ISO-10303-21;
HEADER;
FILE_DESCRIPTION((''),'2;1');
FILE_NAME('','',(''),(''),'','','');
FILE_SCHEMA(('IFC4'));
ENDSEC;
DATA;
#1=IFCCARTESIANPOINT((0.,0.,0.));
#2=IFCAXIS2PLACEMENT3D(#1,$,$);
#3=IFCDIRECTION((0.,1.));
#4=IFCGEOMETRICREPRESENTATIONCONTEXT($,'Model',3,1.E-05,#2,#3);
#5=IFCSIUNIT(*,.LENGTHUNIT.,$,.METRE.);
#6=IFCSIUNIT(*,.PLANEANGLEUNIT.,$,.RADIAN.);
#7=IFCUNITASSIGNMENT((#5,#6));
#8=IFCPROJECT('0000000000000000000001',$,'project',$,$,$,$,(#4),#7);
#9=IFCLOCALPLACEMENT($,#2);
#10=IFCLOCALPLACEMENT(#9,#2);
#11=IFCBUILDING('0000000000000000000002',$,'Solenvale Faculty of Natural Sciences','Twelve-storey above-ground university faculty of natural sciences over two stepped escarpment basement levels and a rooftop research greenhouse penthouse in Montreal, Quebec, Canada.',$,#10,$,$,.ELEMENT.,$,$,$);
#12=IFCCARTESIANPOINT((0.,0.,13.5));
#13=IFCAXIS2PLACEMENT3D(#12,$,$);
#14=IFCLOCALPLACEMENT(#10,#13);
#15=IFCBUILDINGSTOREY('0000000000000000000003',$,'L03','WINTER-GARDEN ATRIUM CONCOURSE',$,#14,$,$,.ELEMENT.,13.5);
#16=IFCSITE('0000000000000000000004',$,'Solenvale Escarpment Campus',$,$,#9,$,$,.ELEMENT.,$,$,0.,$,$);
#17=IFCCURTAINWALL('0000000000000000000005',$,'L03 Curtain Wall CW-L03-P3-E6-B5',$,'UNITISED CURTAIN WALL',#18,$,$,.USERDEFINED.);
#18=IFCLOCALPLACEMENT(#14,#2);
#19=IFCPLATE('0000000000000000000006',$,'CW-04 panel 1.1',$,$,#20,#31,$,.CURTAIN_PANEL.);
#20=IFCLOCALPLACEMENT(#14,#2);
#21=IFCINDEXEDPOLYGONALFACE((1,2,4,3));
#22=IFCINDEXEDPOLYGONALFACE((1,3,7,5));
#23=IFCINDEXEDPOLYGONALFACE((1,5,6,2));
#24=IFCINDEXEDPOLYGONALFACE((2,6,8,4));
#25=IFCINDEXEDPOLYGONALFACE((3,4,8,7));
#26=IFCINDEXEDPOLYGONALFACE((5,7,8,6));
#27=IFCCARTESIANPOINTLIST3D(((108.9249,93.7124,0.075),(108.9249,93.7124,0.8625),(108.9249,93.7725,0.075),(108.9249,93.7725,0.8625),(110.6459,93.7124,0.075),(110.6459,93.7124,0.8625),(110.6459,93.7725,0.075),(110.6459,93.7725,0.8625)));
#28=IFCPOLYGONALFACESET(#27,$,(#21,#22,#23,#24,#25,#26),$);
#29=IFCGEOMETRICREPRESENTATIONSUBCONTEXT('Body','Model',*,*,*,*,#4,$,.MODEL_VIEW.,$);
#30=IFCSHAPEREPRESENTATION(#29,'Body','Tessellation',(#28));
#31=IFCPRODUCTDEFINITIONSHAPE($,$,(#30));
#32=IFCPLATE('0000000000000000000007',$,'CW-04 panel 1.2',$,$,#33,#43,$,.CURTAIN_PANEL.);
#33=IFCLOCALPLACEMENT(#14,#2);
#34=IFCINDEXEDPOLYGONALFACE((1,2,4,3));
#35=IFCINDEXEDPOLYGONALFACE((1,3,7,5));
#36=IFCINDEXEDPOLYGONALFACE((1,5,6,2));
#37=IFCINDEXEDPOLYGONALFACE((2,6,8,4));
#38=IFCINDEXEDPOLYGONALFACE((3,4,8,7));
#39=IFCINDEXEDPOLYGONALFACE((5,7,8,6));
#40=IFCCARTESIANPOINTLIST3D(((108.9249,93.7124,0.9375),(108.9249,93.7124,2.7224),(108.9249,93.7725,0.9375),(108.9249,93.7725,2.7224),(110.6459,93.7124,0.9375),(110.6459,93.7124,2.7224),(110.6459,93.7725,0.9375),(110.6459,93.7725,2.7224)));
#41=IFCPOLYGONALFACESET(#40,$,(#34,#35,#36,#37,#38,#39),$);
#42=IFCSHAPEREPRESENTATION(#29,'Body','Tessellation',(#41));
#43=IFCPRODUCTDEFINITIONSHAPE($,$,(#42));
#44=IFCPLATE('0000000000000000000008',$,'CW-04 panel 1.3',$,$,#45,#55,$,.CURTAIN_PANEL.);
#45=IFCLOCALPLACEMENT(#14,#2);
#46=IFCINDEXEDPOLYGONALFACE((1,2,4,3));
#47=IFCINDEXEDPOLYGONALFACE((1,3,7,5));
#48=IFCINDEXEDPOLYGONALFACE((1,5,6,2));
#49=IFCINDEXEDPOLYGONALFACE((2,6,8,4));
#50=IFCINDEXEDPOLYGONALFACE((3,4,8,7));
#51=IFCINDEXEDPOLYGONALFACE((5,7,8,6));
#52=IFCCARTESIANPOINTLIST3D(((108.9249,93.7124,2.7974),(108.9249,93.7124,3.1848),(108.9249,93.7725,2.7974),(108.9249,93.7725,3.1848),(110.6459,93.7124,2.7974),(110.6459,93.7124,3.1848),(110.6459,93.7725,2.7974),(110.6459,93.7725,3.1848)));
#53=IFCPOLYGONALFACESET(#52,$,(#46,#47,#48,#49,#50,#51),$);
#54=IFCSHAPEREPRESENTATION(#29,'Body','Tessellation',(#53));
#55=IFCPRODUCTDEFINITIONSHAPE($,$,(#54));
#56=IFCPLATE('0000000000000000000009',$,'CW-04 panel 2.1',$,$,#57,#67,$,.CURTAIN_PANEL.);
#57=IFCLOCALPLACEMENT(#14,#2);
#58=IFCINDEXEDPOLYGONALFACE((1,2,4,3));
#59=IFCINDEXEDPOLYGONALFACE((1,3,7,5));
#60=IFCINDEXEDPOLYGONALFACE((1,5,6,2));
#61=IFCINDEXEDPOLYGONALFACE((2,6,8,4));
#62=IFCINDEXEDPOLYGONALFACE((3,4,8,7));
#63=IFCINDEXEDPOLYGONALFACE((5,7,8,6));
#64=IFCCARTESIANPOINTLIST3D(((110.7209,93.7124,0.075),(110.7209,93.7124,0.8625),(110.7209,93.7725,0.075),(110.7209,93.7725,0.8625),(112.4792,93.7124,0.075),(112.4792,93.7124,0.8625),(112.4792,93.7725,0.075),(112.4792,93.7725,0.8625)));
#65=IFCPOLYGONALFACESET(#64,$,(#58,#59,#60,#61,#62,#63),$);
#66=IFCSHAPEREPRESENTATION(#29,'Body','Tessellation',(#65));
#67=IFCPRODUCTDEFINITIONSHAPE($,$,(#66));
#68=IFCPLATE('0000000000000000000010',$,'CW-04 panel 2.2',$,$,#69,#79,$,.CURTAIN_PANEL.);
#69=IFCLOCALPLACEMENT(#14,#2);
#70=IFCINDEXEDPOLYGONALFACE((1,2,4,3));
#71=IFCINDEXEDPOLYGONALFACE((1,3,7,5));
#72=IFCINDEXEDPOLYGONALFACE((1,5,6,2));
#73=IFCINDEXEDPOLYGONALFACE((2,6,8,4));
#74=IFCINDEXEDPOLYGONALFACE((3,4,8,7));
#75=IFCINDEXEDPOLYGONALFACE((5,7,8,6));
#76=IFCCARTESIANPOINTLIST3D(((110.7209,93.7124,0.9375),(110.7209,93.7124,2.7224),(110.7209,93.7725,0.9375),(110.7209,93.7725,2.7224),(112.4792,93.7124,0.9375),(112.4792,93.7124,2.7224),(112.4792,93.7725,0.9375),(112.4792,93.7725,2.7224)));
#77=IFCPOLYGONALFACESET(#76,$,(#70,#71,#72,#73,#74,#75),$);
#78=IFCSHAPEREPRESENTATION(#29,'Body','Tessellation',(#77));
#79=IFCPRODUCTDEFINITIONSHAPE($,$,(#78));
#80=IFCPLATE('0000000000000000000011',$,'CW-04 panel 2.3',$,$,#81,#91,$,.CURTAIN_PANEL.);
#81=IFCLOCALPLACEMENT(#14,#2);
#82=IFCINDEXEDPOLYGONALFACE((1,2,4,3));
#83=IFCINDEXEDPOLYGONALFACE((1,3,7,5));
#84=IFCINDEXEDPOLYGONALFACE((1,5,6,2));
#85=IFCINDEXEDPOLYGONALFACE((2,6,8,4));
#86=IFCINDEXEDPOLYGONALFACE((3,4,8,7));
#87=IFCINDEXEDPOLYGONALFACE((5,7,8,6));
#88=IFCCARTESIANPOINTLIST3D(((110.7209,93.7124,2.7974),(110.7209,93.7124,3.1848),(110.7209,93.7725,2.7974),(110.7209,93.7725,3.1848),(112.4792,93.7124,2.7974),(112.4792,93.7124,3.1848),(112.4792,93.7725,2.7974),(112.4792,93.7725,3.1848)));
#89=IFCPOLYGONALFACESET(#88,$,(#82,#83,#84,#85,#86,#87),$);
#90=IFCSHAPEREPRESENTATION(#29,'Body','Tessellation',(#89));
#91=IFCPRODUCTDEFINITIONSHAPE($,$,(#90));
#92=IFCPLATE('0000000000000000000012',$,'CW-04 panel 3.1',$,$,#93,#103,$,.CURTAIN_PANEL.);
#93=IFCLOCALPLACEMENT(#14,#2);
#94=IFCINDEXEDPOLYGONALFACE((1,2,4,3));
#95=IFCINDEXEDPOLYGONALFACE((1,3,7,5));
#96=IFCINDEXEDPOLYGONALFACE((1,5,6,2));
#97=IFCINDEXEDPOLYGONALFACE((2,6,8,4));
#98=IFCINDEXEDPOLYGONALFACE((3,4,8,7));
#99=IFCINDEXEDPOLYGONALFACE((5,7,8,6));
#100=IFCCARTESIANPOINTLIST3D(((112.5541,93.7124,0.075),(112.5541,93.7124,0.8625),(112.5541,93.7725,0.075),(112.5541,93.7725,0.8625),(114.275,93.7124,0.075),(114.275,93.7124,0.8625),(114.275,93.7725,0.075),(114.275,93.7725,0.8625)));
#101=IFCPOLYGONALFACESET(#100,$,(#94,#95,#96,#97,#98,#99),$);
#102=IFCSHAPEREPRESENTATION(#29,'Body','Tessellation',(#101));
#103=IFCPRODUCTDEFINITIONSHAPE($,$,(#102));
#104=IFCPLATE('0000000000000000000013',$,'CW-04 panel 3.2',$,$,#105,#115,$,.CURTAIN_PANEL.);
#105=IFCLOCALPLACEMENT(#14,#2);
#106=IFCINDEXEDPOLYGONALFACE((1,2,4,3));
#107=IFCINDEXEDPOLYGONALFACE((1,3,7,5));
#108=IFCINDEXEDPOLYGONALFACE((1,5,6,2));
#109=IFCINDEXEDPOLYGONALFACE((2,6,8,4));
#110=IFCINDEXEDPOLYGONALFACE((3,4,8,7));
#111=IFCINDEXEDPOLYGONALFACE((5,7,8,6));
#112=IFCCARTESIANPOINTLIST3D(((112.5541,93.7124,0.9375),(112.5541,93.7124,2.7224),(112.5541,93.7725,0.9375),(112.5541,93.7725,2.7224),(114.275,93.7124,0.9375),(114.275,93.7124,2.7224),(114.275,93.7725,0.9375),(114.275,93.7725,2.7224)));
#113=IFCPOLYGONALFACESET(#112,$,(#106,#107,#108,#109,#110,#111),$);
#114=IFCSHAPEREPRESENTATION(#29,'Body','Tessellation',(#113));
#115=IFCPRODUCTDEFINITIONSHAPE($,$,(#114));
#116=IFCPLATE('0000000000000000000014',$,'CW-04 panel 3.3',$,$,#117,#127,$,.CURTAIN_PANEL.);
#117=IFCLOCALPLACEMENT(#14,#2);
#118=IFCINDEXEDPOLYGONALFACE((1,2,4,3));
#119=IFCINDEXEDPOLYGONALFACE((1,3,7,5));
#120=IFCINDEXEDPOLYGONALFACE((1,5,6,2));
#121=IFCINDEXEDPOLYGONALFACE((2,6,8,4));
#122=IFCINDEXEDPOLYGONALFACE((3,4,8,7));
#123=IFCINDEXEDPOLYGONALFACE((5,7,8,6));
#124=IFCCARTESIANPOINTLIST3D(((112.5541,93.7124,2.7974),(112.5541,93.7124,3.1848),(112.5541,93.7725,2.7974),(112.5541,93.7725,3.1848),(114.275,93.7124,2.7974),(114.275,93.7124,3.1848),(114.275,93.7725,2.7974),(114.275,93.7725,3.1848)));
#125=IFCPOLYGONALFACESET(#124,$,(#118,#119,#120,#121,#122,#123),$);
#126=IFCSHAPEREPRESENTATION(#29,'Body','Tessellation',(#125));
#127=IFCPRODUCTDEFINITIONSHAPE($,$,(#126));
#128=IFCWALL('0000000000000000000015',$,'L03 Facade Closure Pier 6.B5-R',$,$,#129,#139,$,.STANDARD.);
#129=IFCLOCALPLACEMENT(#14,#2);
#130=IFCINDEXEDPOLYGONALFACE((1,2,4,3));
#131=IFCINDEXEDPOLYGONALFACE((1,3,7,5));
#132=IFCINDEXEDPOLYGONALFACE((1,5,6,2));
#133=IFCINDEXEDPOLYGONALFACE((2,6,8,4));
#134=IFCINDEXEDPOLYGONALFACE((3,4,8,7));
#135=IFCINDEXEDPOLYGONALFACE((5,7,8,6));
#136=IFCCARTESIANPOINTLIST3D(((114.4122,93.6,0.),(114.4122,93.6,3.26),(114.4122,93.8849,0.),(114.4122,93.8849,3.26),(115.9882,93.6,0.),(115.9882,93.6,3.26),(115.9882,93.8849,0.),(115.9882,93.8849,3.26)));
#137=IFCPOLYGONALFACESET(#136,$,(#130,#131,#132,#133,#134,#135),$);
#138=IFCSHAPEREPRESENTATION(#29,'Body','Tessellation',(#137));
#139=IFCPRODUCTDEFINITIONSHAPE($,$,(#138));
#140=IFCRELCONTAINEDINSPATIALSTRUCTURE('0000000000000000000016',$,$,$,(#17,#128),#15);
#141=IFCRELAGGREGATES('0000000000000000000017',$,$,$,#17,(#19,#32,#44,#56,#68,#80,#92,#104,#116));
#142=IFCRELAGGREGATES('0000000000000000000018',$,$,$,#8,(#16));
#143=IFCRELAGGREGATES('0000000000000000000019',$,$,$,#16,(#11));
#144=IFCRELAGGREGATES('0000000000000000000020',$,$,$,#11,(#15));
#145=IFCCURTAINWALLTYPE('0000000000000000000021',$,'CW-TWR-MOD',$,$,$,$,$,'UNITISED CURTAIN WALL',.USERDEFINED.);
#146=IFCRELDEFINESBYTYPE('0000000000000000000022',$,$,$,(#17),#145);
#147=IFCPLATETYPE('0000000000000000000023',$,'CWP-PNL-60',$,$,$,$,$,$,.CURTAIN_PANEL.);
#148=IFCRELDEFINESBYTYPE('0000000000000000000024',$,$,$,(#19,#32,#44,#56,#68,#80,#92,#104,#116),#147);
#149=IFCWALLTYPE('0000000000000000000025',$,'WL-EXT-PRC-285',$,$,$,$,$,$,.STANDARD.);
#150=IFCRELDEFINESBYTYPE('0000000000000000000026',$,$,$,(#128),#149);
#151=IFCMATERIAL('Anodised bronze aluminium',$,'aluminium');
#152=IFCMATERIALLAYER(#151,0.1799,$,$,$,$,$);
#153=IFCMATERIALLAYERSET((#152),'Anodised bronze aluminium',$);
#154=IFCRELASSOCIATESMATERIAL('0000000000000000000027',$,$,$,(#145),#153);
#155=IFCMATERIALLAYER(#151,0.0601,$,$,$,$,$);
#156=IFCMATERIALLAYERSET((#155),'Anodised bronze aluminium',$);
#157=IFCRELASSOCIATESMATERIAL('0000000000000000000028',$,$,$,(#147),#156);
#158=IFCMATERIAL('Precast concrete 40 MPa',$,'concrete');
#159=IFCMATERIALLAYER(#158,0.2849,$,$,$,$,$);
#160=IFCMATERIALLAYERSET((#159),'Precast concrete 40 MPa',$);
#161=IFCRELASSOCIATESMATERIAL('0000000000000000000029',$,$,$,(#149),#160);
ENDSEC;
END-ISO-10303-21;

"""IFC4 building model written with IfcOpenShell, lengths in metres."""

from ifc_helpers import new_model, si_unit, direction, frame, frame_2d, origin, origin_2d, place, context, subcontext, project, spatial, rectangle, extrude, material, layer, layer_set, type_object, element, aggregate, save


model = new_model("IFC4")

# Units and contexts
model_context = context("Model", 3, precision=1e-05, world=origin(), true_north=direction((0.0, 1.0)))
body_context = subcontext(model_context, "Body", "Model", "MODEL_VIEW")
ifc_project = project(units=[si_unit("LENGTHUNIT", "METRE"), si_unit("PLANEANGLEUNIT", "RADIAN")], contexts=[model_context])

# Site, building, storey
site_placement = place(None, origin())
site = spatial("IfcSite", under=ifc_project, at=site_placement, Name="Solenvale Escarpment Campus", CompositionType="ELEMENT", RefElevation=0.0)
building_placement = place(site_placement, origin())
building = spatial("IfcBuilding", under=site, at=building_placement, Name="Solenvale Faculty of Natural Sciences", Description="Twelve-storey above-ground university faculty of natural sciences over two stepped escarpment basement levels and a rooftop research greenhouse penthouse in Montreal, Quebec, Canada.", CompositionType="ELEMENT")
storey_placement = place(building_placement, frame((0.0, 0.0, 13.5)))
storey = spatial("IfcBuildingStorey", under=building, at=storey_placement, Name="L03", Description="WINTER-GARDEN ATRIUM CONCOURSE", CompositionType="ELEMENT", Elevation=13.5)

# Curtain wall
ifc_material_1 = material(Name="Anodised bronze aluminium", Category="aluminium")
ifc_layer_1 = layer(ifc_material_1, 0.1799)
ifc_layer_set_1 = layer_set([ifc_layer_1], Name="Anodised bronze aluminium")
curtain_wall_type = type_object("IfcCurtainWallType", Name="CW-TWR-MOD", ElementType="UNITISED CURTAIN WALL", PredefinedType="USERDEFINED", material=ifc_layer_set_1)
curtain_wall_1_placement = place(storey_placement, origin())
curtain_wall_1 = element("IfcCurtainWall", 1, at=curtain_wall_1_placement, inside=storey, type_object=curtain_wall_type, Name="L03 Curtain Wall CW-L03-P3-E6-B5", ObjectType="UNITISED CURTAIN WALL", PredefinedType="USERDEFINED")

# Plates
ifc_layer_2 = layer(ifc_material_1, 0.0601)
ifc_layer_set_2 = layer_set([ifc_layer_2], Name="Anodised bronze aluminium")
plate_type = type_object("IfcPlateType", Name="CWP-PNL-60", PredefinedType="CURTAIN_PANEL", material=ifc_layer_set_2)
plate_1_placement = place(storey_placement, frame((109.7854, 93.7424, 0.075), z_axis=(0.0, 0.0, 1.0), x_axis=(1.0, 0.0, 0.0)))
plate_1 = element("IfcPlate", 2, at=plate_1_placement, type_object=plate_type, Name="CW-04 panel 1.1", PredefinedType="CURTAIN_PANEL", context=body_context, shape_type="SweptSolid", body=[
    extrude(rectangle(XDim=1.7209, YDim=0.0601, at=origin_2d()), origin(), (0.0, 0.0, 1.0), 0.7876),
])
plate_2_placement = place(storey_placement, frame((109.7854, 93.7424, 0.9375), z_axis=(0.0, 0.0, 1.0), x_axis=(1.0, 0.0, 0.0)))
plate_2 = element("IfcPlate", 3, at=plate_2_placement, type_object=plate_type, Name="CW-04 panel 1.2", PredefinedType="CURTAIN_PANEL", context=body_context, shape_type="SweptSolid", body=[
    extrude(rectangle(XDim=1.7209, YDim=0.0601, at=origin_2d()), origin(), (0.0, 0.0, 1.0), 1.7849),
])
plate_3_placement = place(storey_placement, frame((109.7854, 93.7424, 2.7974), z_axis=(0.0, 0.0, 1.0), x_axis=(1.0, 0.0, 0.0)))
plate_3 = element("IfcPlate", 4, at=plate_3_placement, type_object=plate_type, Name="CW-04 panel 1.3", PredefinedType="CURTAIN_PANEL", context=body_context, shape_type="SweptSolid", body=[
    extrude(rectangle(XDim=1.7209, YDim=0.0601, at=origin_2d()), origin(), (0.0, 0.0, 1.0), 0.3875),
])
plate_4_placement = place(storey_placement, frame((111.6001, 93.7424, 0.075), z_axis=(0.0, 0.0, 1.0), x_axis=(1.0, 0.0, 0.0)))
plate_4 = element("IfcPlate", 5, at=plate_4_placement, type_object=plate_type, Name="CW-04 panel 2.1", PredefinedType="CURTAIN_PANEL", context=body_context, shape_type="SweptSolid", body=[
    extrude(rectangle(XDim=1.7583, YDim=0.0601, at=origin_2d()), origin(), (0.0, 0.0, 1.0), 0.7876),
])
plate_5_placement = place(storey_placement, frame((111.6001, 93.7424, 0.9375), z_axis=(0.0, 0.0, 1.0), x_axis=(1.0, 0.0, 0.0)))
plate_5 = element("IfcPlate", 6, at=plate_5_placement, type_object=plate_type, Name="CW-04 panel 2.2", PredefinedType="CURTAIN_PANEL", context=body_context, shape_type="SweptSolid", body=[
    extrude(rectangle(XDim=1.7583, YDim=0.0601, at=origin_2d()), origin(), (0.0, 0.0, 1.0), 1.7849),
])
plate_6_placement = place(storey_placement, frame((111.6001, 93.7424, 2.7974), z_axis=(0.0, 0.0, 1.0), x_axis=(1.0, 0.0, 0.0)))
plate_6 = element("IfcPlate", 7, at=plate_6_placement, type_object=plate_type, Name="CW-04 panel 2.3", PredefinedType="CURTAIN_PANEL", context=body_context, shape_type="SweptSolid", body=[
    extrude(rectangle(XDim=1.7583, YDim=0.0601, at=origin_2d()), origin(), (0.0, 0.0, 1.0), 0.3875),
])
plate_7_placement = place(storey_placement, frame((113.4146, 93.7424, 0.075), z_axis=(0.0, 0.0, 1.0), x_axis=(1.0, 0.0, 0.0)))
plate_7 = element("IfcPlate", 8, at=plate_7_placement, type_object=plate_type, Name="CW-04 panel 3.1", PredefinedType="CURTAIN_PANEL", context=body_context, shape_type="SweptSolid", body=[
    extrude(rectangle(XDim=1.7209, YDim=0.0601, at=origin_2d()), origin(), (0.0, 0.0, 1.0), 0.7876),
])
plate_8_placement = place(storey_placement, frame((113.4146, 93.7424, 0.9375), z_axis=(0.0, 0.0, 1.0), x_axis=(1.0, 0.0, 0.0)))
plate_8 = element("IfcPlate", 9, at=plate_8_placement, type_object=plate_type, Name="CW-04 panel 3.2", PredefinedType="CURTAIN_PANEL", context=body_context, shape_type="SweptSolid", body=[
    extrude(rectangle(XDim=1.7209, YDim=0.0601, at=origin_2d()), origin(), (0.0, 0.0, 1.0), 1.7849),
])
plate_9_placement = place(storey_placement, frame((113.4146, 93.7424, 2.7974), z_axis=(0.0, 0.0, 1.0), x_axis=(1.0, 0.0, 0.0)))
plate_9 = element("IfcPlate", 10, at=plate_9_placement, type_object=plate_type, Name="CW-04 panel 3.3", PredefinedType="CURTAIN_PANEL", context=body_context, shape_type="SweptSolid", body=[
    extrude(rectangle(XDim=1.7209, YDim=0.0601, at=origin_2d()), origin(), (0.0, 0.0, 1.0), 0.3875),
])
aggregate(curtain_wall_1, [plate_1, plate_2, plate_3, plate_4, plate_5, plate_6, plate_7, plate_8, plate_9])

# Wall
ifc_material_2 = material(Name="Precast concrete 40 MPa", Category="concrete")
ifc_layer_3 = layer(ifc_material_2, 0.2849)
ifc_layer_set_3 = layer_set([ifc_layer_3], Name="Precast concrete 40 MPa")
wall_type = type_object("IfcWallType", Name="WL-EXT-PRC-285", PredefinedType="STANDARD", material=ifc_layer_set_3)
wall_placement = place(storey_placement, frame((114.4121, 93.7424, 0.0), z_axis=(0.0, 0.0, 1.0), x_axis=(1.0, 0.0, 0.0)))
element("IfcWall", 11, at=wall_placement, inside=storey, type_object=wall_type, Name="L03 Facade Closure Pier 6.B5-R", PredefinedType="STANDARD", context=body_context, shape_type="SweptSolid", body=[
    extrude(rectangle(XDim=1.5759, YDim=0.2849, at=frame_2d((0.7881, 0.0))), origin(), (0.0, 0.0, 1.0), 3.26),
])

save(model, "model.ifc")
